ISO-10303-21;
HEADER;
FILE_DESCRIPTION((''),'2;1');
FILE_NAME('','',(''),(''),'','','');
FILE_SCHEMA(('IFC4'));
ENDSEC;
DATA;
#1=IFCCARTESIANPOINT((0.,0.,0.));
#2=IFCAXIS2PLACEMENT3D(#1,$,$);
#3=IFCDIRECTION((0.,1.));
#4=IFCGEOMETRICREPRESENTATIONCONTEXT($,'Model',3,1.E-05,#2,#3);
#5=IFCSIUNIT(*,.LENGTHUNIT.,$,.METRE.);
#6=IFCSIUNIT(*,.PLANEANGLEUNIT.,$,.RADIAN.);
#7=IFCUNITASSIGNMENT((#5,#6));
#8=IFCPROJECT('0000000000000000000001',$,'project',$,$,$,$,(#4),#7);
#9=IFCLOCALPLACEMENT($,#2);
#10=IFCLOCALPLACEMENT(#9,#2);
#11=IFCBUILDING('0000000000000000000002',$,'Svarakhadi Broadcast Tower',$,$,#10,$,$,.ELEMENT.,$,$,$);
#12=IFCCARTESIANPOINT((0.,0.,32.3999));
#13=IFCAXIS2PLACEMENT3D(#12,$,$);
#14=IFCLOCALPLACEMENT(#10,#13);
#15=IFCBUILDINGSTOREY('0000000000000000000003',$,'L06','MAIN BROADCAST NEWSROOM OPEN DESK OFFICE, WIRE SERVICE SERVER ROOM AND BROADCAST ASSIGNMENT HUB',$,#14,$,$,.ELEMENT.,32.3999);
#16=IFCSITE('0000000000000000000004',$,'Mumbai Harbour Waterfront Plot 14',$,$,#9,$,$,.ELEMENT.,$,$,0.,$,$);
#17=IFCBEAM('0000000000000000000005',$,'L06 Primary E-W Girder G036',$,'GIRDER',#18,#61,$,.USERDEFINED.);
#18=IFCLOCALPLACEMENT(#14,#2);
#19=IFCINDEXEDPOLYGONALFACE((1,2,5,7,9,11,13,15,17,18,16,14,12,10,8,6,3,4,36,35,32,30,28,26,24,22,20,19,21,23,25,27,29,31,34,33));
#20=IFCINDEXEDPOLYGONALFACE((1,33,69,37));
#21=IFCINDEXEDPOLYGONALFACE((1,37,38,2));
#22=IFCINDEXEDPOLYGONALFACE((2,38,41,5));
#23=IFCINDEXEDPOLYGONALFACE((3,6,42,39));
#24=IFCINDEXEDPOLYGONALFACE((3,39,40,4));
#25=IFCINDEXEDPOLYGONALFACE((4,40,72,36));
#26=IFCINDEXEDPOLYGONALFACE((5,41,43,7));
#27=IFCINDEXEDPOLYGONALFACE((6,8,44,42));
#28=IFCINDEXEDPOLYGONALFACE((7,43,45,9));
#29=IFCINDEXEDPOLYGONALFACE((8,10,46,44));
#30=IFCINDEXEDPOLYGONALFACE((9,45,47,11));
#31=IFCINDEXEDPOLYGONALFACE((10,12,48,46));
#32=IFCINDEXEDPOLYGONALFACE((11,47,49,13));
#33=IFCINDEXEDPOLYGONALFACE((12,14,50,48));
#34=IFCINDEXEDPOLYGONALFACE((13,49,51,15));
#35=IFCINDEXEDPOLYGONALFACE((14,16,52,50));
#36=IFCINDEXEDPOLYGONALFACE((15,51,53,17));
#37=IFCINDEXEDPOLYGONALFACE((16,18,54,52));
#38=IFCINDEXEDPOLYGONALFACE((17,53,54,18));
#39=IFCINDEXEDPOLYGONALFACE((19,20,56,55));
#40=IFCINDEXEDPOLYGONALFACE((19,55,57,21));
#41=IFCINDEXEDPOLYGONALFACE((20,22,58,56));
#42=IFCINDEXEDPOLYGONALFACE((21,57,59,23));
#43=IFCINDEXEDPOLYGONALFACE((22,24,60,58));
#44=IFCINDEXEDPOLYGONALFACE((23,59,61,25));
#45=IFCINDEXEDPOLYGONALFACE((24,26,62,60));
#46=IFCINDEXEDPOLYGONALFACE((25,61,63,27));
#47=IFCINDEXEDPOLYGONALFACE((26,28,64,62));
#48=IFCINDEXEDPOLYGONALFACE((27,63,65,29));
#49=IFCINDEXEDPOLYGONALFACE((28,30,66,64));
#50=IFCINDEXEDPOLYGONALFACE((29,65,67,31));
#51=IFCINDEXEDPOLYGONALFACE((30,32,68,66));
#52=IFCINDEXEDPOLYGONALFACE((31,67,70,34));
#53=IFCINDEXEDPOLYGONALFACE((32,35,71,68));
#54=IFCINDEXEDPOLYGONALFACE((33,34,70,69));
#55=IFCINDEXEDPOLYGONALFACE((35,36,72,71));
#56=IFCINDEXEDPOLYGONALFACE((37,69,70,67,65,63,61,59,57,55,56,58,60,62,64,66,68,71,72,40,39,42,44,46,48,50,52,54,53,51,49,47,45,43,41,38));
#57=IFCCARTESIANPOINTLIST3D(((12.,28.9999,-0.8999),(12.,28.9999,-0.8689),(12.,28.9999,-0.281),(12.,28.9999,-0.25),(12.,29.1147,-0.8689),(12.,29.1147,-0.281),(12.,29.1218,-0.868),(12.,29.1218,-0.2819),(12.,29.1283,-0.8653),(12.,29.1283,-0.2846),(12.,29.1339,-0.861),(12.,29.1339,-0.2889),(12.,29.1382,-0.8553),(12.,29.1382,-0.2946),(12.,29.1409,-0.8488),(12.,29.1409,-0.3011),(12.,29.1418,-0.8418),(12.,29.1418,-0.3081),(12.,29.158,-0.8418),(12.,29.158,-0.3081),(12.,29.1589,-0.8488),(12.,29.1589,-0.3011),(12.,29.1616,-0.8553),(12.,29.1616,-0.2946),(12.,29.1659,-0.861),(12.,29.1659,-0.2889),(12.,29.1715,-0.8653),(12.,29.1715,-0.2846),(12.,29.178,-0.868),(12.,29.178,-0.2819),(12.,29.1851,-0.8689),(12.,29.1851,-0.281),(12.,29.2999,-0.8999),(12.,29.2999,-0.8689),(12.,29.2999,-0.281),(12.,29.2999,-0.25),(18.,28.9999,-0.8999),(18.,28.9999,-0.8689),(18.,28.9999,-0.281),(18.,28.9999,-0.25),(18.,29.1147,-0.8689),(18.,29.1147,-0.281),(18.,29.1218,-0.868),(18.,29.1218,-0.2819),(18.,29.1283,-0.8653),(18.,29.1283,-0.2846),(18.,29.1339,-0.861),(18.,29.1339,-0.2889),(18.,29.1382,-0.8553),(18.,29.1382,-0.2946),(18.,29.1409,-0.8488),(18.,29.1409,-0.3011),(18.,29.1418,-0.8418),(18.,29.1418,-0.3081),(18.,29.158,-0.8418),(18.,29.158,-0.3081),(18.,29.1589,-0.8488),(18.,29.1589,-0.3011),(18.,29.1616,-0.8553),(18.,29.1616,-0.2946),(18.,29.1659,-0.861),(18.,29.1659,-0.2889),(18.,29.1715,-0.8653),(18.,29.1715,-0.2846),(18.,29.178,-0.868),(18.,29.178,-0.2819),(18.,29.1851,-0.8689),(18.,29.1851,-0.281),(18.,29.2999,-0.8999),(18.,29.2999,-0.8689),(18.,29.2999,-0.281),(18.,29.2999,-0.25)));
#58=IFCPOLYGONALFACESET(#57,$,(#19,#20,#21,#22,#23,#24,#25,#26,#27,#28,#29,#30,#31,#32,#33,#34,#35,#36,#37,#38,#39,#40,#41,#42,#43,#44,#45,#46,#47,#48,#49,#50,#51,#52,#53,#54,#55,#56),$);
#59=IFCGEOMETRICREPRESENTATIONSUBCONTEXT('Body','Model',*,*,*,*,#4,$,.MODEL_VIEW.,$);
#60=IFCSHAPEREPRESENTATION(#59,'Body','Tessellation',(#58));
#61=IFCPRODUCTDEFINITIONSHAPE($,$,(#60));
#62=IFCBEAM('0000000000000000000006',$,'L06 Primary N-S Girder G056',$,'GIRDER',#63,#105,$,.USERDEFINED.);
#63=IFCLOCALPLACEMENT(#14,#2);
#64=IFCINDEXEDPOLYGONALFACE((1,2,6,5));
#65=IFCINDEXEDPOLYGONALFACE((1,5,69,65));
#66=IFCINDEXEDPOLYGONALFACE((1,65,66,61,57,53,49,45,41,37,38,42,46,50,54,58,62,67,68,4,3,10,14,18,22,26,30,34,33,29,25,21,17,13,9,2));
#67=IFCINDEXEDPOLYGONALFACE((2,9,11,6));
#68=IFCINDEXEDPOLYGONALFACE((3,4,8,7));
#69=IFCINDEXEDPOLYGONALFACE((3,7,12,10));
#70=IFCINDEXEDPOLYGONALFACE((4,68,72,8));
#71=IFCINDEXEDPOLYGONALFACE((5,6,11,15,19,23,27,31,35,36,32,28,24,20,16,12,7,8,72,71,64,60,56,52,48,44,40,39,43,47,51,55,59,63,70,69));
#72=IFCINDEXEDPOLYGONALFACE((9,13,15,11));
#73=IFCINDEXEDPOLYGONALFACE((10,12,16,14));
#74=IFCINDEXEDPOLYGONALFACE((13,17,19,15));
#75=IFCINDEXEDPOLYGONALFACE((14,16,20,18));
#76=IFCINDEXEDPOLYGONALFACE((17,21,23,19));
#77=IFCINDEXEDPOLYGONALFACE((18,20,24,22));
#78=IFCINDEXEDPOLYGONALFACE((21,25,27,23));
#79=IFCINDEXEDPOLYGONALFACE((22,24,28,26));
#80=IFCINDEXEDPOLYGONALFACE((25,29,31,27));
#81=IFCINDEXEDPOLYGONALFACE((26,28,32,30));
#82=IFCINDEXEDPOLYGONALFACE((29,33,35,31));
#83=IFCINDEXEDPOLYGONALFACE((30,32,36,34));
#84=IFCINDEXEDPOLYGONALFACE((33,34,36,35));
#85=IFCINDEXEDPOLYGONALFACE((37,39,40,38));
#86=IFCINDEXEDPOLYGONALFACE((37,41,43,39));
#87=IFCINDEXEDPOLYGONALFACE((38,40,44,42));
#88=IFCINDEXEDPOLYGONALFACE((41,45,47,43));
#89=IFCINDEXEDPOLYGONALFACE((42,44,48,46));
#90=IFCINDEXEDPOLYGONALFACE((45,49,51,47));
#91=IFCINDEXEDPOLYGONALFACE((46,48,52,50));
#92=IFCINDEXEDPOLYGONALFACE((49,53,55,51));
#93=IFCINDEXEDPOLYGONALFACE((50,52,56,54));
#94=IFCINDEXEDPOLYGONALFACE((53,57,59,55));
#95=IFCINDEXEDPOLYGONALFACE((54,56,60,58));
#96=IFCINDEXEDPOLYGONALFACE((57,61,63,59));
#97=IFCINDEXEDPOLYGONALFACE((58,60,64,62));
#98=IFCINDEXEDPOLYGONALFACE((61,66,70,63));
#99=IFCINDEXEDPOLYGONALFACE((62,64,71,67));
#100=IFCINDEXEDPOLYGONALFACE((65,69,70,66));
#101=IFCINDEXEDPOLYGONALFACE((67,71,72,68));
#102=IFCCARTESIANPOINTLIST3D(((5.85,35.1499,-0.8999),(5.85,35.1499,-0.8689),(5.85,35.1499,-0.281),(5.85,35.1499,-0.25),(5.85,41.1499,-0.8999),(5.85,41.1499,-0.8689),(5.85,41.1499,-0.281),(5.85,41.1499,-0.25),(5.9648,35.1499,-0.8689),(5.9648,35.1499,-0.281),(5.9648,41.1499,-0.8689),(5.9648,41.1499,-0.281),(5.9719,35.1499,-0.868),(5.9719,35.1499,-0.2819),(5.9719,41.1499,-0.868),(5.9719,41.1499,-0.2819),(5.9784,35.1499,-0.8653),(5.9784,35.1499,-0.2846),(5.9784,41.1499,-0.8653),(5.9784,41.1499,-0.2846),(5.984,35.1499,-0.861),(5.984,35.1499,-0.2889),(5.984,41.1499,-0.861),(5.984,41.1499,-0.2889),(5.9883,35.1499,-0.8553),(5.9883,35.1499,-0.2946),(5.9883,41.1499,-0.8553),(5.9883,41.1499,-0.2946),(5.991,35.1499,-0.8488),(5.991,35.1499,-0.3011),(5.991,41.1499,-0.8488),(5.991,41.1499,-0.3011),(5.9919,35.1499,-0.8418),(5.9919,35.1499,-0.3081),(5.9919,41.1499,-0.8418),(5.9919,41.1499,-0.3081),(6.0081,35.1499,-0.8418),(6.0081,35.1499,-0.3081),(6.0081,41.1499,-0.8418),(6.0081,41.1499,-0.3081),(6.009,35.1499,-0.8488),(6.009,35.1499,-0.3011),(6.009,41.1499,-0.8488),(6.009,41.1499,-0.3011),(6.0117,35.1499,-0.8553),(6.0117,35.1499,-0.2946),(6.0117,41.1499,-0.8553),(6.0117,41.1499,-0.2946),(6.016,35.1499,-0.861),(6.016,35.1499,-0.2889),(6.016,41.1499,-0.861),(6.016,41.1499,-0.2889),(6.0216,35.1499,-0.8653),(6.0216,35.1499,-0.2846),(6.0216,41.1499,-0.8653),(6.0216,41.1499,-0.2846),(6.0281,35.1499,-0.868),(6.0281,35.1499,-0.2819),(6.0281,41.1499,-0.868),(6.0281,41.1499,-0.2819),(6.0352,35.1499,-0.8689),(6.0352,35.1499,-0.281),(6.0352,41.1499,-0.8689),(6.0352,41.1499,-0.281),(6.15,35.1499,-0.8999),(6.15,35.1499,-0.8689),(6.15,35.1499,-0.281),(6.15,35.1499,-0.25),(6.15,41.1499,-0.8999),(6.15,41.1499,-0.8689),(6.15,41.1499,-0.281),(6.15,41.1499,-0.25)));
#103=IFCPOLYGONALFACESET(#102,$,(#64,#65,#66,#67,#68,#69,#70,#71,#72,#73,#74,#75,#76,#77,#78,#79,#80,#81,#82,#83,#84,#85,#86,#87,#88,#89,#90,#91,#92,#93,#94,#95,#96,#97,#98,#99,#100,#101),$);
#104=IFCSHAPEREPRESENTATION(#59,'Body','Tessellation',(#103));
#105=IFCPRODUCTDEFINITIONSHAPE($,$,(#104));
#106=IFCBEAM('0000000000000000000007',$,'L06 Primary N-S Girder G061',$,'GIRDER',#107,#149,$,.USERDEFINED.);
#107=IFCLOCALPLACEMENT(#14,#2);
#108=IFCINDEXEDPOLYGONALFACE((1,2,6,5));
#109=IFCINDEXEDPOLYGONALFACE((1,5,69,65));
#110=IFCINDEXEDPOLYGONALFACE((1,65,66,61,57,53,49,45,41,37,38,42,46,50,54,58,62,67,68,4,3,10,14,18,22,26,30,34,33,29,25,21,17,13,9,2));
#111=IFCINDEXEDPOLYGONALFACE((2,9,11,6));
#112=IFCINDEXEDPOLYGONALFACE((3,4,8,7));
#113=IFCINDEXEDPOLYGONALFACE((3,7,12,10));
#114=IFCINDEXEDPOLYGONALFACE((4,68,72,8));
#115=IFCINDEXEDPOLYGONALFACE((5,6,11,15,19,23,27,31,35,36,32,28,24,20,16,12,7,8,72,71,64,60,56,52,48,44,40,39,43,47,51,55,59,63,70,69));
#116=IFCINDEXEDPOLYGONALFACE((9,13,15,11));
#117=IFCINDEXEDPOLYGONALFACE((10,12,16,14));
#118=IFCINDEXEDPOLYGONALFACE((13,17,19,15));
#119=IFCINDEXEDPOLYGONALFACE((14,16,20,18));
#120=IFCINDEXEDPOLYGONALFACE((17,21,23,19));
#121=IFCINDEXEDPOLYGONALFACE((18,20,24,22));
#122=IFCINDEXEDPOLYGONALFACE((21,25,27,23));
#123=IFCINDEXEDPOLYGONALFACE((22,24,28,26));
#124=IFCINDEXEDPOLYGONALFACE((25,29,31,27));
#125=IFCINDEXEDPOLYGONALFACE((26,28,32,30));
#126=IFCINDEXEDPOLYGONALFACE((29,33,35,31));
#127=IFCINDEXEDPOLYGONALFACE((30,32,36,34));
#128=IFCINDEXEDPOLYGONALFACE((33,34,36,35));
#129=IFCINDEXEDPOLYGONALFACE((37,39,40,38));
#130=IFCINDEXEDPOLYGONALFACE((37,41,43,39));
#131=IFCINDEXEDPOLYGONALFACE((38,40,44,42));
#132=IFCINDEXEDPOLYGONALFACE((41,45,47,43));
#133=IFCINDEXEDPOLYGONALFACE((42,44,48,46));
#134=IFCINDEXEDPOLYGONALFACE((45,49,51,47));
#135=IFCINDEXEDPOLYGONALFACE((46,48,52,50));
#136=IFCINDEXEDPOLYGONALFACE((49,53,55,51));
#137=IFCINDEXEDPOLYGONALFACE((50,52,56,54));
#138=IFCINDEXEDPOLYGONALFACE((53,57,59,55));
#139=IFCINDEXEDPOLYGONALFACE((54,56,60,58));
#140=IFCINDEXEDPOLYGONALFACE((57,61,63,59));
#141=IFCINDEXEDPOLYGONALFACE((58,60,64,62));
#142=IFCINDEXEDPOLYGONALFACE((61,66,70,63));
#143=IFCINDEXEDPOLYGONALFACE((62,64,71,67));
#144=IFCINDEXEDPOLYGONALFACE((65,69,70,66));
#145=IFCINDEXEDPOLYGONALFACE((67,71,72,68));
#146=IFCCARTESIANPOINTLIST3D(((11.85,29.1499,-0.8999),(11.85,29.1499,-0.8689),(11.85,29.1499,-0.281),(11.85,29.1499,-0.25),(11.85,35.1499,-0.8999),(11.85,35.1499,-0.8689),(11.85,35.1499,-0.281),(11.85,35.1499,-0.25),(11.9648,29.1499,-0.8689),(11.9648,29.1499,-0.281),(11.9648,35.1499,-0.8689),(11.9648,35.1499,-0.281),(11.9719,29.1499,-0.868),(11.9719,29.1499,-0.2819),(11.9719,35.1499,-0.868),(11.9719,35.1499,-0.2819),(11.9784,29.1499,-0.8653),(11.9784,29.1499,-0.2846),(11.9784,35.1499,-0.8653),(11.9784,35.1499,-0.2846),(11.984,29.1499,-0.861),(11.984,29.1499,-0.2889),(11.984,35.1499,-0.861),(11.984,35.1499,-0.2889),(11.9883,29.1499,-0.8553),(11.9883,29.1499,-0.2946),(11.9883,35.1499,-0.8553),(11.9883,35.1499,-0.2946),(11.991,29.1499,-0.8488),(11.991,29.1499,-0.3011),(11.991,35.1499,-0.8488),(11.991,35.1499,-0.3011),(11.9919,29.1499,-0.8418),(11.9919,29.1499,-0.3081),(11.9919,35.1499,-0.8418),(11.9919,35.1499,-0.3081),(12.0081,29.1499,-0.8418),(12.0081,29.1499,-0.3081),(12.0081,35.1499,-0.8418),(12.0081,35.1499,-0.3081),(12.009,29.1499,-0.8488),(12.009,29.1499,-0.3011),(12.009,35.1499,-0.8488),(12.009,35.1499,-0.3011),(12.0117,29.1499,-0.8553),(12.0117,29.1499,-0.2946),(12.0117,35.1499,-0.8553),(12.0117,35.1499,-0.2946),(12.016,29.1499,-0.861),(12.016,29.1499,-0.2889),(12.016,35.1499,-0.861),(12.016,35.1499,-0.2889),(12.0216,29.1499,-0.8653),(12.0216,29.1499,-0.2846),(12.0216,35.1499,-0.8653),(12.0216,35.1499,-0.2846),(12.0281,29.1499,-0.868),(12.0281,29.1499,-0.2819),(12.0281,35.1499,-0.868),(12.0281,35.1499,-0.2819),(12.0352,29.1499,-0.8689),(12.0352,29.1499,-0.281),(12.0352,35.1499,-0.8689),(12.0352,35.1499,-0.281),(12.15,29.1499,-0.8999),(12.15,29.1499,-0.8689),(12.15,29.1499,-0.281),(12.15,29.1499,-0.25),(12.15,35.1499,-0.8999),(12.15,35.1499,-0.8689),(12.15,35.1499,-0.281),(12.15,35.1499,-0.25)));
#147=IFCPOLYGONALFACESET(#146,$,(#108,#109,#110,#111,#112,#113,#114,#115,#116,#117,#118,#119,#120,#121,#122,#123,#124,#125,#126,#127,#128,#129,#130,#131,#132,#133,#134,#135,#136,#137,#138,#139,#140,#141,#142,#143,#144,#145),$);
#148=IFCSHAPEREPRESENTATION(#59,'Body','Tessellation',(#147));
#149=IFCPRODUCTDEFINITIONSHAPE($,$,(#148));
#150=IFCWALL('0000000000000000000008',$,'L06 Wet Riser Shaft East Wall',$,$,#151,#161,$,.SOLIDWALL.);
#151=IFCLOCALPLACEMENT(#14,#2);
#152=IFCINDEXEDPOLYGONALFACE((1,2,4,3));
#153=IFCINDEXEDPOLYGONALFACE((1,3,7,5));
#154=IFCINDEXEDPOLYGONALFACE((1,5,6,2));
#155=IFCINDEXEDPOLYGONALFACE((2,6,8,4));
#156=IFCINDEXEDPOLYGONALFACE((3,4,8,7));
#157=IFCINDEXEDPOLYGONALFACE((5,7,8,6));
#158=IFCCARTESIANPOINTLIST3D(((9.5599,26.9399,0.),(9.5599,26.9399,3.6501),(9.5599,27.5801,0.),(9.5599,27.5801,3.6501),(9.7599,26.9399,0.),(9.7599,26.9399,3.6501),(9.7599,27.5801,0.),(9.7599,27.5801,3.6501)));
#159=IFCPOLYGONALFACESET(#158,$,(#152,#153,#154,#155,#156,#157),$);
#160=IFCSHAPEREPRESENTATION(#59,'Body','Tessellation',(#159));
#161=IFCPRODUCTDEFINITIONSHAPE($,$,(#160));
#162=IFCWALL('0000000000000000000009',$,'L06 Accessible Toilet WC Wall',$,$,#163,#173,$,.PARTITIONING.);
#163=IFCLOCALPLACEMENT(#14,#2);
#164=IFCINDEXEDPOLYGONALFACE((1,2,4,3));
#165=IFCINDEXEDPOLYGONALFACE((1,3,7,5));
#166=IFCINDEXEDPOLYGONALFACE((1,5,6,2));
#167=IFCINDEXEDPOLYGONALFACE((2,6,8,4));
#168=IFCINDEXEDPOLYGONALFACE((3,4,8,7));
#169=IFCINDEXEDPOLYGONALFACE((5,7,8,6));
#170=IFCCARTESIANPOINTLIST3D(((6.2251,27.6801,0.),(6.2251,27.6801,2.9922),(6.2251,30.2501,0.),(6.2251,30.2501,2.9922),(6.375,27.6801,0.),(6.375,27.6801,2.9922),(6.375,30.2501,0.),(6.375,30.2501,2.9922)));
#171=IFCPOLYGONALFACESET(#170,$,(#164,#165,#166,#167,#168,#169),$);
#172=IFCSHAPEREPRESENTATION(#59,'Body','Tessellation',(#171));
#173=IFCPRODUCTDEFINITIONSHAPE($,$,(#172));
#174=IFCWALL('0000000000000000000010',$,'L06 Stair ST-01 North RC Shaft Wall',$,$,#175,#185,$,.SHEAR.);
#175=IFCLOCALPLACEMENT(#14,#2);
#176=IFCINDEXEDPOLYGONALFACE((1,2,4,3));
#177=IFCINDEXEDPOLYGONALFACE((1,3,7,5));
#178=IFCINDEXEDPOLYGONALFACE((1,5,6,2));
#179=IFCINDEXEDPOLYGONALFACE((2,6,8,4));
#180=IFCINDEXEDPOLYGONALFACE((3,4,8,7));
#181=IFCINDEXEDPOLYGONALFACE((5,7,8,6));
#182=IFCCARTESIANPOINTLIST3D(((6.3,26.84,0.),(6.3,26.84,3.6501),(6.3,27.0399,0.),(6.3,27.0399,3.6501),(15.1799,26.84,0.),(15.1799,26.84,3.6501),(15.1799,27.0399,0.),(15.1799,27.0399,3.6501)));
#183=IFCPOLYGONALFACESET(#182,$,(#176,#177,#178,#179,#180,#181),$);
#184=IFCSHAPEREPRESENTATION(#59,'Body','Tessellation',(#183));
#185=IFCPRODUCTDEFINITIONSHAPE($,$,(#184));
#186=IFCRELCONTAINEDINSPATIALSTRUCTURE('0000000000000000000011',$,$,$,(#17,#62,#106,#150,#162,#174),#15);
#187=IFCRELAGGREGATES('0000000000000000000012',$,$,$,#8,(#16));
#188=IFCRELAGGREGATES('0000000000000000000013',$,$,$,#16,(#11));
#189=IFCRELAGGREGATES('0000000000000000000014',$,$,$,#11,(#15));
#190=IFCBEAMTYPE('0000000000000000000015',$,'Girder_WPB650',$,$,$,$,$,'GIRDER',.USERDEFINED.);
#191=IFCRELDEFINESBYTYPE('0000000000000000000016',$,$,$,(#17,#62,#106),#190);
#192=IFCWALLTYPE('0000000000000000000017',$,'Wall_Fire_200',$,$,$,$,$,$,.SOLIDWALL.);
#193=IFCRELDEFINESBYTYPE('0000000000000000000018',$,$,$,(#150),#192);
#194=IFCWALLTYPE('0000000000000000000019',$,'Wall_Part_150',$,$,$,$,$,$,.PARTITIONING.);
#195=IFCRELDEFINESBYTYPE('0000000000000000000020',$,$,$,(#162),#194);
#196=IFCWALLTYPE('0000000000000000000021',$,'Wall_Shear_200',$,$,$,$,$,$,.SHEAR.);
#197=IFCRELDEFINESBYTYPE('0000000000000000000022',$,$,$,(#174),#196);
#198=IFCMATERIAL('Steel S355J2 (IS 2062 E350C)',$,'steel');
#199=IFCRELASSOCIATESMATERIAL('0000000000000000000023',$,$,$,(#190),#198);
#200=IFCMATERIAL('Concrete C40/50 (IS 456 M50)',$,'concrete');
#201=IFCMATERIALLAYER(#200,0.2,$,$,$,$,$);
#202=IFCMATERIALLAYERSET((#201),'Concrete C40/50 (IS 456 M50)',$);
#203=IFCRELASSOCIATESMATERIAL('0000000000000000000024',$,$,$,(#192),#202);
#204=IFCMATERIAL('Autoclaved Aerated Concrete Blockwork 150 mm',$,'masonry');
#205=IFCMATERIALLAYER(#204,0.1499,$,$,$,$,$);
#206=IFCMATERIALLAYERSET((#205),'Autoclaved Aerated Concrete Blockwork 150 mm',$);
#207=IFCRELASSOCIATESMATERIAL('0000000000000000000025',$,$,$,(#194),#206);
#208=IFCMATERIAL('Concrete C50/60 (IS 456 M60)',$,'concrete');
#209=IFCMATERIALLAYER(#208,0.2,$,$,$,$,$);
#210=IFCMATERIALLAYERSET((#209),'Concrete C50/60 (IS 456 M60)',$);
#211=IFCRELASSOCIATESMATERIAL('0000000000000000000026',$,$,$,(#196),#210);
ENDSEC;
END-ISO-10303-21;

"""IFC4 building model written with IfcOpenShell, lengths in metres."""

from ifc_helpers import new_model, si_unit, direction, frame, frame_2d, origin, origin_2d, place, context, subcontext, project, spatial, rectangle, i_section, extrude, material, layer, layer_set, material_profile, profile_set, type_object, element, save


model = new_model("IFC4")

# Units and contexts
model_context = context("Model", 3, precision=1e-05, world=origin(), true_north=direction((0.0, 1.0)))
body_context = subcontext(model_context, "Body", "Model", "MODEL_VIEW")
ifc_project = project(units=[si_unit("LENGTHUNIT", "METRE"), si_unit("PLANEANGLEUNIT", "RADIAN")], contexts=[model_context])

# Site, building, storey
site_placement = place(None, origin())
site = spatial("IfcSite", under=ifc_project, at=site_placement, Name="Mumbai Harbour Waterfront Plot 14", CompositionType="ELEMENT", RefElevation=0.0)
building_placement = place(site_placement, origin())
building = spatial("IfcBuilding", under=site, at=building_placement, Name="Svarakhadi Broadcast Tower", CompositionType="ELEMENT")
storey_placement = place(building_placement, frame((0.0, 0.0, 32.3999)))
storey = spatial("IfcBuildingStorey", under=building, at=storey_placement, Name="L06", Description="MAIN BROADCAST NEWSROOM OPEN DESK OFFICE, WIRE SERVICE SERVER ROOM AND BROADCAST ASSIGNMENT HUB", CompositionType="ELEMENT", Elevation=32.3999)

# Beams
ifc_material_1 = material(Name="Steel S355J2 (IS 2062 E350C)", Category="steel")
ifc_material_profile_1 = material_profile(ifc_material_1, i_section(OverallWidth=0.3, OverallDepth=0.6499, WebThickness=0.0161, FlangeThickness=0.031, FilletRadius=0.0271, at=origin_2d()), Name="WPB 650x300x225")
ifc_profile_set_1 = profile_set([ifc_material_profile_1], Name="Steel S355J2 (IS 2062 E350C)")
beam_type_1 = type_object("IfcBeamType", Name="Girder_WPB650", ElementType="GIRDER", PredefinedType="USERDEFINED", material=ifc_profile_set_1)
for number, where, z_axis, x_axis, name in (
    (1, (12.0, 29.1499, -0.575), (1.0, 0.0, 0.0), (0.0, 1.0, 0.0), "L06 Primary E-W Girder G036"),
    (2, (6.0, 35.1499, -0.575), (0.0, 1.0, 0.0), (-1.0, 0.0, 0.0), "L06 Primary N-S Girder G056"),
    (3, (12.0, 29.1499, -0.575), (0.0, 1.0, 0.0), (-1.0, 0.0, 0.0), "L06 Primary N-S Girder G061"),
):
    element("IfcBeam", number, at=place(storey_placement, frame(where, z_axis=z_axis, x_axis=x_axis)), inside=storey, type_object=beam_type_1, Name=name, ObjectType="GIRDER", PredefinedType="USERDEFINED", context=body_context, shape_type="SweptSolid", body=[
        extrude(i_section(OverallWidth=0.3, OverallDepth=0.6499, WebThickness=0.0161, FlangeThickness=0.031, FilletRadius=0.0271, at=origin_2d()), origin(), (0.0, 0.0, 1.0), 6.0),
    ])

# Walls
ifc_material_2 = material(Name="Concrete C40/50 (IS 456 M50)", Category="concrete")
ifc_layer_1 = layer(ifc_material_2, 0.2)
ifc_layer_set_1 = layer_set([ifc_layer_1], Name="Concrete C40/50 (IS 456 M50)")
wall_type_1 = type_object("IfcWallType", Name="Wall_Fire_200", PredefinedType="SOLIDWALL", material=ifc_layer_set_1)
wall_1_placement = place(storey_placement, frame((9.6599, 26.9399, 0.0), z_axis=(0.0, 0.0, 1.0), x_axis=(0.0, 1.0, 0.0)))
element("IfcWall", 4, at=wall_1_placement, inside=storey, type_object=wall_type_1, Name="L06 Wet Riser Shaft East Wall", PredefinedType="SOLIDWALL", context=body_context, shape_type="SweptSolid", body=[
    extrude(rectangle(XDim=0.6401, YDim=0.2, at=frame_2d((0.3201, 0.0))), origin(), (0.0, 0.0, 1.0), 3.6501),
])
ifc_material_3 = material(Name="Autoclaved Aerated Concrete Blockwork 150 mm", Category="masonry")
ifc_layer_2 = layer(ifc_material_3, 0.1499)
ifc_layer_set_2 = layer_set([ifc_layer_2], Name="Autoclaved Aerated Concrete Blockwork 150 mm")
wall_type_2 = type_object("IfcWallType", Name="Wall_Part_150", PredefinedType="PARTITIONING", material=ifc_layer_set_2)
wall_2_placement = place(storey_placement, frame((6.3, 27.6799, 0.0), z_axis=(0.0, 0.0, 1.0), x_axis=(0.0, 1.0, 0.0)))
element("IfcWall", 5, at=wall_2_placement, inside=storey, type_object=wall_type_2, Name="L06 Accessible Toilet WC Wall", PredefinedType="PARTITIONING", context=body_context, shape_type="SweptSolid", body=[
    extrude(rectangle(XDim=2.5701, YDim=0.1499, at=frame_2d((1.2852, 0.0))), origin(), (0.0, 0.0, 1.0), 2.9922),
])
ifc_material_4 = material(Name="Concrete C50/60 (IS 456 M60)", Category="concrete")
ifc_layer_3 = layer(ifc_material_4, 0.2)
ifc_layer_set_3 = layer_set([ifc_layer_3], Name="Concrete C50/60 (IS 456 M60)")
wall_type_3 = type_object("IfcWallType", Name="Wall_Shear_200", PredefinedType="SHEAR", material=ifc_layer_set_3)
wall_3_placement = place(storey_placement, frame((6.3, 26.9399, 0.0), z_axis=(0.0, 0.0, 1.0), x_axis=(1.0, 0.0, 0.0)))
element("IfcWall", 6, at=wall_3_placement, inside=storey, type_object=wall_type_3, Name="L06 Stair ST-01 North RC Shaft Wall", PredefinedType="SHEAR", context=body_context, shape_type="SweptSolid", body=[
    extrude(rectangle(XDim=8.8799, YDim=0.2, at=frame_2d((4.4399, 0.0))), origin(), (0.0, 0.0, 1.0), 3.6501),
])

save(model, "model.ifc")
